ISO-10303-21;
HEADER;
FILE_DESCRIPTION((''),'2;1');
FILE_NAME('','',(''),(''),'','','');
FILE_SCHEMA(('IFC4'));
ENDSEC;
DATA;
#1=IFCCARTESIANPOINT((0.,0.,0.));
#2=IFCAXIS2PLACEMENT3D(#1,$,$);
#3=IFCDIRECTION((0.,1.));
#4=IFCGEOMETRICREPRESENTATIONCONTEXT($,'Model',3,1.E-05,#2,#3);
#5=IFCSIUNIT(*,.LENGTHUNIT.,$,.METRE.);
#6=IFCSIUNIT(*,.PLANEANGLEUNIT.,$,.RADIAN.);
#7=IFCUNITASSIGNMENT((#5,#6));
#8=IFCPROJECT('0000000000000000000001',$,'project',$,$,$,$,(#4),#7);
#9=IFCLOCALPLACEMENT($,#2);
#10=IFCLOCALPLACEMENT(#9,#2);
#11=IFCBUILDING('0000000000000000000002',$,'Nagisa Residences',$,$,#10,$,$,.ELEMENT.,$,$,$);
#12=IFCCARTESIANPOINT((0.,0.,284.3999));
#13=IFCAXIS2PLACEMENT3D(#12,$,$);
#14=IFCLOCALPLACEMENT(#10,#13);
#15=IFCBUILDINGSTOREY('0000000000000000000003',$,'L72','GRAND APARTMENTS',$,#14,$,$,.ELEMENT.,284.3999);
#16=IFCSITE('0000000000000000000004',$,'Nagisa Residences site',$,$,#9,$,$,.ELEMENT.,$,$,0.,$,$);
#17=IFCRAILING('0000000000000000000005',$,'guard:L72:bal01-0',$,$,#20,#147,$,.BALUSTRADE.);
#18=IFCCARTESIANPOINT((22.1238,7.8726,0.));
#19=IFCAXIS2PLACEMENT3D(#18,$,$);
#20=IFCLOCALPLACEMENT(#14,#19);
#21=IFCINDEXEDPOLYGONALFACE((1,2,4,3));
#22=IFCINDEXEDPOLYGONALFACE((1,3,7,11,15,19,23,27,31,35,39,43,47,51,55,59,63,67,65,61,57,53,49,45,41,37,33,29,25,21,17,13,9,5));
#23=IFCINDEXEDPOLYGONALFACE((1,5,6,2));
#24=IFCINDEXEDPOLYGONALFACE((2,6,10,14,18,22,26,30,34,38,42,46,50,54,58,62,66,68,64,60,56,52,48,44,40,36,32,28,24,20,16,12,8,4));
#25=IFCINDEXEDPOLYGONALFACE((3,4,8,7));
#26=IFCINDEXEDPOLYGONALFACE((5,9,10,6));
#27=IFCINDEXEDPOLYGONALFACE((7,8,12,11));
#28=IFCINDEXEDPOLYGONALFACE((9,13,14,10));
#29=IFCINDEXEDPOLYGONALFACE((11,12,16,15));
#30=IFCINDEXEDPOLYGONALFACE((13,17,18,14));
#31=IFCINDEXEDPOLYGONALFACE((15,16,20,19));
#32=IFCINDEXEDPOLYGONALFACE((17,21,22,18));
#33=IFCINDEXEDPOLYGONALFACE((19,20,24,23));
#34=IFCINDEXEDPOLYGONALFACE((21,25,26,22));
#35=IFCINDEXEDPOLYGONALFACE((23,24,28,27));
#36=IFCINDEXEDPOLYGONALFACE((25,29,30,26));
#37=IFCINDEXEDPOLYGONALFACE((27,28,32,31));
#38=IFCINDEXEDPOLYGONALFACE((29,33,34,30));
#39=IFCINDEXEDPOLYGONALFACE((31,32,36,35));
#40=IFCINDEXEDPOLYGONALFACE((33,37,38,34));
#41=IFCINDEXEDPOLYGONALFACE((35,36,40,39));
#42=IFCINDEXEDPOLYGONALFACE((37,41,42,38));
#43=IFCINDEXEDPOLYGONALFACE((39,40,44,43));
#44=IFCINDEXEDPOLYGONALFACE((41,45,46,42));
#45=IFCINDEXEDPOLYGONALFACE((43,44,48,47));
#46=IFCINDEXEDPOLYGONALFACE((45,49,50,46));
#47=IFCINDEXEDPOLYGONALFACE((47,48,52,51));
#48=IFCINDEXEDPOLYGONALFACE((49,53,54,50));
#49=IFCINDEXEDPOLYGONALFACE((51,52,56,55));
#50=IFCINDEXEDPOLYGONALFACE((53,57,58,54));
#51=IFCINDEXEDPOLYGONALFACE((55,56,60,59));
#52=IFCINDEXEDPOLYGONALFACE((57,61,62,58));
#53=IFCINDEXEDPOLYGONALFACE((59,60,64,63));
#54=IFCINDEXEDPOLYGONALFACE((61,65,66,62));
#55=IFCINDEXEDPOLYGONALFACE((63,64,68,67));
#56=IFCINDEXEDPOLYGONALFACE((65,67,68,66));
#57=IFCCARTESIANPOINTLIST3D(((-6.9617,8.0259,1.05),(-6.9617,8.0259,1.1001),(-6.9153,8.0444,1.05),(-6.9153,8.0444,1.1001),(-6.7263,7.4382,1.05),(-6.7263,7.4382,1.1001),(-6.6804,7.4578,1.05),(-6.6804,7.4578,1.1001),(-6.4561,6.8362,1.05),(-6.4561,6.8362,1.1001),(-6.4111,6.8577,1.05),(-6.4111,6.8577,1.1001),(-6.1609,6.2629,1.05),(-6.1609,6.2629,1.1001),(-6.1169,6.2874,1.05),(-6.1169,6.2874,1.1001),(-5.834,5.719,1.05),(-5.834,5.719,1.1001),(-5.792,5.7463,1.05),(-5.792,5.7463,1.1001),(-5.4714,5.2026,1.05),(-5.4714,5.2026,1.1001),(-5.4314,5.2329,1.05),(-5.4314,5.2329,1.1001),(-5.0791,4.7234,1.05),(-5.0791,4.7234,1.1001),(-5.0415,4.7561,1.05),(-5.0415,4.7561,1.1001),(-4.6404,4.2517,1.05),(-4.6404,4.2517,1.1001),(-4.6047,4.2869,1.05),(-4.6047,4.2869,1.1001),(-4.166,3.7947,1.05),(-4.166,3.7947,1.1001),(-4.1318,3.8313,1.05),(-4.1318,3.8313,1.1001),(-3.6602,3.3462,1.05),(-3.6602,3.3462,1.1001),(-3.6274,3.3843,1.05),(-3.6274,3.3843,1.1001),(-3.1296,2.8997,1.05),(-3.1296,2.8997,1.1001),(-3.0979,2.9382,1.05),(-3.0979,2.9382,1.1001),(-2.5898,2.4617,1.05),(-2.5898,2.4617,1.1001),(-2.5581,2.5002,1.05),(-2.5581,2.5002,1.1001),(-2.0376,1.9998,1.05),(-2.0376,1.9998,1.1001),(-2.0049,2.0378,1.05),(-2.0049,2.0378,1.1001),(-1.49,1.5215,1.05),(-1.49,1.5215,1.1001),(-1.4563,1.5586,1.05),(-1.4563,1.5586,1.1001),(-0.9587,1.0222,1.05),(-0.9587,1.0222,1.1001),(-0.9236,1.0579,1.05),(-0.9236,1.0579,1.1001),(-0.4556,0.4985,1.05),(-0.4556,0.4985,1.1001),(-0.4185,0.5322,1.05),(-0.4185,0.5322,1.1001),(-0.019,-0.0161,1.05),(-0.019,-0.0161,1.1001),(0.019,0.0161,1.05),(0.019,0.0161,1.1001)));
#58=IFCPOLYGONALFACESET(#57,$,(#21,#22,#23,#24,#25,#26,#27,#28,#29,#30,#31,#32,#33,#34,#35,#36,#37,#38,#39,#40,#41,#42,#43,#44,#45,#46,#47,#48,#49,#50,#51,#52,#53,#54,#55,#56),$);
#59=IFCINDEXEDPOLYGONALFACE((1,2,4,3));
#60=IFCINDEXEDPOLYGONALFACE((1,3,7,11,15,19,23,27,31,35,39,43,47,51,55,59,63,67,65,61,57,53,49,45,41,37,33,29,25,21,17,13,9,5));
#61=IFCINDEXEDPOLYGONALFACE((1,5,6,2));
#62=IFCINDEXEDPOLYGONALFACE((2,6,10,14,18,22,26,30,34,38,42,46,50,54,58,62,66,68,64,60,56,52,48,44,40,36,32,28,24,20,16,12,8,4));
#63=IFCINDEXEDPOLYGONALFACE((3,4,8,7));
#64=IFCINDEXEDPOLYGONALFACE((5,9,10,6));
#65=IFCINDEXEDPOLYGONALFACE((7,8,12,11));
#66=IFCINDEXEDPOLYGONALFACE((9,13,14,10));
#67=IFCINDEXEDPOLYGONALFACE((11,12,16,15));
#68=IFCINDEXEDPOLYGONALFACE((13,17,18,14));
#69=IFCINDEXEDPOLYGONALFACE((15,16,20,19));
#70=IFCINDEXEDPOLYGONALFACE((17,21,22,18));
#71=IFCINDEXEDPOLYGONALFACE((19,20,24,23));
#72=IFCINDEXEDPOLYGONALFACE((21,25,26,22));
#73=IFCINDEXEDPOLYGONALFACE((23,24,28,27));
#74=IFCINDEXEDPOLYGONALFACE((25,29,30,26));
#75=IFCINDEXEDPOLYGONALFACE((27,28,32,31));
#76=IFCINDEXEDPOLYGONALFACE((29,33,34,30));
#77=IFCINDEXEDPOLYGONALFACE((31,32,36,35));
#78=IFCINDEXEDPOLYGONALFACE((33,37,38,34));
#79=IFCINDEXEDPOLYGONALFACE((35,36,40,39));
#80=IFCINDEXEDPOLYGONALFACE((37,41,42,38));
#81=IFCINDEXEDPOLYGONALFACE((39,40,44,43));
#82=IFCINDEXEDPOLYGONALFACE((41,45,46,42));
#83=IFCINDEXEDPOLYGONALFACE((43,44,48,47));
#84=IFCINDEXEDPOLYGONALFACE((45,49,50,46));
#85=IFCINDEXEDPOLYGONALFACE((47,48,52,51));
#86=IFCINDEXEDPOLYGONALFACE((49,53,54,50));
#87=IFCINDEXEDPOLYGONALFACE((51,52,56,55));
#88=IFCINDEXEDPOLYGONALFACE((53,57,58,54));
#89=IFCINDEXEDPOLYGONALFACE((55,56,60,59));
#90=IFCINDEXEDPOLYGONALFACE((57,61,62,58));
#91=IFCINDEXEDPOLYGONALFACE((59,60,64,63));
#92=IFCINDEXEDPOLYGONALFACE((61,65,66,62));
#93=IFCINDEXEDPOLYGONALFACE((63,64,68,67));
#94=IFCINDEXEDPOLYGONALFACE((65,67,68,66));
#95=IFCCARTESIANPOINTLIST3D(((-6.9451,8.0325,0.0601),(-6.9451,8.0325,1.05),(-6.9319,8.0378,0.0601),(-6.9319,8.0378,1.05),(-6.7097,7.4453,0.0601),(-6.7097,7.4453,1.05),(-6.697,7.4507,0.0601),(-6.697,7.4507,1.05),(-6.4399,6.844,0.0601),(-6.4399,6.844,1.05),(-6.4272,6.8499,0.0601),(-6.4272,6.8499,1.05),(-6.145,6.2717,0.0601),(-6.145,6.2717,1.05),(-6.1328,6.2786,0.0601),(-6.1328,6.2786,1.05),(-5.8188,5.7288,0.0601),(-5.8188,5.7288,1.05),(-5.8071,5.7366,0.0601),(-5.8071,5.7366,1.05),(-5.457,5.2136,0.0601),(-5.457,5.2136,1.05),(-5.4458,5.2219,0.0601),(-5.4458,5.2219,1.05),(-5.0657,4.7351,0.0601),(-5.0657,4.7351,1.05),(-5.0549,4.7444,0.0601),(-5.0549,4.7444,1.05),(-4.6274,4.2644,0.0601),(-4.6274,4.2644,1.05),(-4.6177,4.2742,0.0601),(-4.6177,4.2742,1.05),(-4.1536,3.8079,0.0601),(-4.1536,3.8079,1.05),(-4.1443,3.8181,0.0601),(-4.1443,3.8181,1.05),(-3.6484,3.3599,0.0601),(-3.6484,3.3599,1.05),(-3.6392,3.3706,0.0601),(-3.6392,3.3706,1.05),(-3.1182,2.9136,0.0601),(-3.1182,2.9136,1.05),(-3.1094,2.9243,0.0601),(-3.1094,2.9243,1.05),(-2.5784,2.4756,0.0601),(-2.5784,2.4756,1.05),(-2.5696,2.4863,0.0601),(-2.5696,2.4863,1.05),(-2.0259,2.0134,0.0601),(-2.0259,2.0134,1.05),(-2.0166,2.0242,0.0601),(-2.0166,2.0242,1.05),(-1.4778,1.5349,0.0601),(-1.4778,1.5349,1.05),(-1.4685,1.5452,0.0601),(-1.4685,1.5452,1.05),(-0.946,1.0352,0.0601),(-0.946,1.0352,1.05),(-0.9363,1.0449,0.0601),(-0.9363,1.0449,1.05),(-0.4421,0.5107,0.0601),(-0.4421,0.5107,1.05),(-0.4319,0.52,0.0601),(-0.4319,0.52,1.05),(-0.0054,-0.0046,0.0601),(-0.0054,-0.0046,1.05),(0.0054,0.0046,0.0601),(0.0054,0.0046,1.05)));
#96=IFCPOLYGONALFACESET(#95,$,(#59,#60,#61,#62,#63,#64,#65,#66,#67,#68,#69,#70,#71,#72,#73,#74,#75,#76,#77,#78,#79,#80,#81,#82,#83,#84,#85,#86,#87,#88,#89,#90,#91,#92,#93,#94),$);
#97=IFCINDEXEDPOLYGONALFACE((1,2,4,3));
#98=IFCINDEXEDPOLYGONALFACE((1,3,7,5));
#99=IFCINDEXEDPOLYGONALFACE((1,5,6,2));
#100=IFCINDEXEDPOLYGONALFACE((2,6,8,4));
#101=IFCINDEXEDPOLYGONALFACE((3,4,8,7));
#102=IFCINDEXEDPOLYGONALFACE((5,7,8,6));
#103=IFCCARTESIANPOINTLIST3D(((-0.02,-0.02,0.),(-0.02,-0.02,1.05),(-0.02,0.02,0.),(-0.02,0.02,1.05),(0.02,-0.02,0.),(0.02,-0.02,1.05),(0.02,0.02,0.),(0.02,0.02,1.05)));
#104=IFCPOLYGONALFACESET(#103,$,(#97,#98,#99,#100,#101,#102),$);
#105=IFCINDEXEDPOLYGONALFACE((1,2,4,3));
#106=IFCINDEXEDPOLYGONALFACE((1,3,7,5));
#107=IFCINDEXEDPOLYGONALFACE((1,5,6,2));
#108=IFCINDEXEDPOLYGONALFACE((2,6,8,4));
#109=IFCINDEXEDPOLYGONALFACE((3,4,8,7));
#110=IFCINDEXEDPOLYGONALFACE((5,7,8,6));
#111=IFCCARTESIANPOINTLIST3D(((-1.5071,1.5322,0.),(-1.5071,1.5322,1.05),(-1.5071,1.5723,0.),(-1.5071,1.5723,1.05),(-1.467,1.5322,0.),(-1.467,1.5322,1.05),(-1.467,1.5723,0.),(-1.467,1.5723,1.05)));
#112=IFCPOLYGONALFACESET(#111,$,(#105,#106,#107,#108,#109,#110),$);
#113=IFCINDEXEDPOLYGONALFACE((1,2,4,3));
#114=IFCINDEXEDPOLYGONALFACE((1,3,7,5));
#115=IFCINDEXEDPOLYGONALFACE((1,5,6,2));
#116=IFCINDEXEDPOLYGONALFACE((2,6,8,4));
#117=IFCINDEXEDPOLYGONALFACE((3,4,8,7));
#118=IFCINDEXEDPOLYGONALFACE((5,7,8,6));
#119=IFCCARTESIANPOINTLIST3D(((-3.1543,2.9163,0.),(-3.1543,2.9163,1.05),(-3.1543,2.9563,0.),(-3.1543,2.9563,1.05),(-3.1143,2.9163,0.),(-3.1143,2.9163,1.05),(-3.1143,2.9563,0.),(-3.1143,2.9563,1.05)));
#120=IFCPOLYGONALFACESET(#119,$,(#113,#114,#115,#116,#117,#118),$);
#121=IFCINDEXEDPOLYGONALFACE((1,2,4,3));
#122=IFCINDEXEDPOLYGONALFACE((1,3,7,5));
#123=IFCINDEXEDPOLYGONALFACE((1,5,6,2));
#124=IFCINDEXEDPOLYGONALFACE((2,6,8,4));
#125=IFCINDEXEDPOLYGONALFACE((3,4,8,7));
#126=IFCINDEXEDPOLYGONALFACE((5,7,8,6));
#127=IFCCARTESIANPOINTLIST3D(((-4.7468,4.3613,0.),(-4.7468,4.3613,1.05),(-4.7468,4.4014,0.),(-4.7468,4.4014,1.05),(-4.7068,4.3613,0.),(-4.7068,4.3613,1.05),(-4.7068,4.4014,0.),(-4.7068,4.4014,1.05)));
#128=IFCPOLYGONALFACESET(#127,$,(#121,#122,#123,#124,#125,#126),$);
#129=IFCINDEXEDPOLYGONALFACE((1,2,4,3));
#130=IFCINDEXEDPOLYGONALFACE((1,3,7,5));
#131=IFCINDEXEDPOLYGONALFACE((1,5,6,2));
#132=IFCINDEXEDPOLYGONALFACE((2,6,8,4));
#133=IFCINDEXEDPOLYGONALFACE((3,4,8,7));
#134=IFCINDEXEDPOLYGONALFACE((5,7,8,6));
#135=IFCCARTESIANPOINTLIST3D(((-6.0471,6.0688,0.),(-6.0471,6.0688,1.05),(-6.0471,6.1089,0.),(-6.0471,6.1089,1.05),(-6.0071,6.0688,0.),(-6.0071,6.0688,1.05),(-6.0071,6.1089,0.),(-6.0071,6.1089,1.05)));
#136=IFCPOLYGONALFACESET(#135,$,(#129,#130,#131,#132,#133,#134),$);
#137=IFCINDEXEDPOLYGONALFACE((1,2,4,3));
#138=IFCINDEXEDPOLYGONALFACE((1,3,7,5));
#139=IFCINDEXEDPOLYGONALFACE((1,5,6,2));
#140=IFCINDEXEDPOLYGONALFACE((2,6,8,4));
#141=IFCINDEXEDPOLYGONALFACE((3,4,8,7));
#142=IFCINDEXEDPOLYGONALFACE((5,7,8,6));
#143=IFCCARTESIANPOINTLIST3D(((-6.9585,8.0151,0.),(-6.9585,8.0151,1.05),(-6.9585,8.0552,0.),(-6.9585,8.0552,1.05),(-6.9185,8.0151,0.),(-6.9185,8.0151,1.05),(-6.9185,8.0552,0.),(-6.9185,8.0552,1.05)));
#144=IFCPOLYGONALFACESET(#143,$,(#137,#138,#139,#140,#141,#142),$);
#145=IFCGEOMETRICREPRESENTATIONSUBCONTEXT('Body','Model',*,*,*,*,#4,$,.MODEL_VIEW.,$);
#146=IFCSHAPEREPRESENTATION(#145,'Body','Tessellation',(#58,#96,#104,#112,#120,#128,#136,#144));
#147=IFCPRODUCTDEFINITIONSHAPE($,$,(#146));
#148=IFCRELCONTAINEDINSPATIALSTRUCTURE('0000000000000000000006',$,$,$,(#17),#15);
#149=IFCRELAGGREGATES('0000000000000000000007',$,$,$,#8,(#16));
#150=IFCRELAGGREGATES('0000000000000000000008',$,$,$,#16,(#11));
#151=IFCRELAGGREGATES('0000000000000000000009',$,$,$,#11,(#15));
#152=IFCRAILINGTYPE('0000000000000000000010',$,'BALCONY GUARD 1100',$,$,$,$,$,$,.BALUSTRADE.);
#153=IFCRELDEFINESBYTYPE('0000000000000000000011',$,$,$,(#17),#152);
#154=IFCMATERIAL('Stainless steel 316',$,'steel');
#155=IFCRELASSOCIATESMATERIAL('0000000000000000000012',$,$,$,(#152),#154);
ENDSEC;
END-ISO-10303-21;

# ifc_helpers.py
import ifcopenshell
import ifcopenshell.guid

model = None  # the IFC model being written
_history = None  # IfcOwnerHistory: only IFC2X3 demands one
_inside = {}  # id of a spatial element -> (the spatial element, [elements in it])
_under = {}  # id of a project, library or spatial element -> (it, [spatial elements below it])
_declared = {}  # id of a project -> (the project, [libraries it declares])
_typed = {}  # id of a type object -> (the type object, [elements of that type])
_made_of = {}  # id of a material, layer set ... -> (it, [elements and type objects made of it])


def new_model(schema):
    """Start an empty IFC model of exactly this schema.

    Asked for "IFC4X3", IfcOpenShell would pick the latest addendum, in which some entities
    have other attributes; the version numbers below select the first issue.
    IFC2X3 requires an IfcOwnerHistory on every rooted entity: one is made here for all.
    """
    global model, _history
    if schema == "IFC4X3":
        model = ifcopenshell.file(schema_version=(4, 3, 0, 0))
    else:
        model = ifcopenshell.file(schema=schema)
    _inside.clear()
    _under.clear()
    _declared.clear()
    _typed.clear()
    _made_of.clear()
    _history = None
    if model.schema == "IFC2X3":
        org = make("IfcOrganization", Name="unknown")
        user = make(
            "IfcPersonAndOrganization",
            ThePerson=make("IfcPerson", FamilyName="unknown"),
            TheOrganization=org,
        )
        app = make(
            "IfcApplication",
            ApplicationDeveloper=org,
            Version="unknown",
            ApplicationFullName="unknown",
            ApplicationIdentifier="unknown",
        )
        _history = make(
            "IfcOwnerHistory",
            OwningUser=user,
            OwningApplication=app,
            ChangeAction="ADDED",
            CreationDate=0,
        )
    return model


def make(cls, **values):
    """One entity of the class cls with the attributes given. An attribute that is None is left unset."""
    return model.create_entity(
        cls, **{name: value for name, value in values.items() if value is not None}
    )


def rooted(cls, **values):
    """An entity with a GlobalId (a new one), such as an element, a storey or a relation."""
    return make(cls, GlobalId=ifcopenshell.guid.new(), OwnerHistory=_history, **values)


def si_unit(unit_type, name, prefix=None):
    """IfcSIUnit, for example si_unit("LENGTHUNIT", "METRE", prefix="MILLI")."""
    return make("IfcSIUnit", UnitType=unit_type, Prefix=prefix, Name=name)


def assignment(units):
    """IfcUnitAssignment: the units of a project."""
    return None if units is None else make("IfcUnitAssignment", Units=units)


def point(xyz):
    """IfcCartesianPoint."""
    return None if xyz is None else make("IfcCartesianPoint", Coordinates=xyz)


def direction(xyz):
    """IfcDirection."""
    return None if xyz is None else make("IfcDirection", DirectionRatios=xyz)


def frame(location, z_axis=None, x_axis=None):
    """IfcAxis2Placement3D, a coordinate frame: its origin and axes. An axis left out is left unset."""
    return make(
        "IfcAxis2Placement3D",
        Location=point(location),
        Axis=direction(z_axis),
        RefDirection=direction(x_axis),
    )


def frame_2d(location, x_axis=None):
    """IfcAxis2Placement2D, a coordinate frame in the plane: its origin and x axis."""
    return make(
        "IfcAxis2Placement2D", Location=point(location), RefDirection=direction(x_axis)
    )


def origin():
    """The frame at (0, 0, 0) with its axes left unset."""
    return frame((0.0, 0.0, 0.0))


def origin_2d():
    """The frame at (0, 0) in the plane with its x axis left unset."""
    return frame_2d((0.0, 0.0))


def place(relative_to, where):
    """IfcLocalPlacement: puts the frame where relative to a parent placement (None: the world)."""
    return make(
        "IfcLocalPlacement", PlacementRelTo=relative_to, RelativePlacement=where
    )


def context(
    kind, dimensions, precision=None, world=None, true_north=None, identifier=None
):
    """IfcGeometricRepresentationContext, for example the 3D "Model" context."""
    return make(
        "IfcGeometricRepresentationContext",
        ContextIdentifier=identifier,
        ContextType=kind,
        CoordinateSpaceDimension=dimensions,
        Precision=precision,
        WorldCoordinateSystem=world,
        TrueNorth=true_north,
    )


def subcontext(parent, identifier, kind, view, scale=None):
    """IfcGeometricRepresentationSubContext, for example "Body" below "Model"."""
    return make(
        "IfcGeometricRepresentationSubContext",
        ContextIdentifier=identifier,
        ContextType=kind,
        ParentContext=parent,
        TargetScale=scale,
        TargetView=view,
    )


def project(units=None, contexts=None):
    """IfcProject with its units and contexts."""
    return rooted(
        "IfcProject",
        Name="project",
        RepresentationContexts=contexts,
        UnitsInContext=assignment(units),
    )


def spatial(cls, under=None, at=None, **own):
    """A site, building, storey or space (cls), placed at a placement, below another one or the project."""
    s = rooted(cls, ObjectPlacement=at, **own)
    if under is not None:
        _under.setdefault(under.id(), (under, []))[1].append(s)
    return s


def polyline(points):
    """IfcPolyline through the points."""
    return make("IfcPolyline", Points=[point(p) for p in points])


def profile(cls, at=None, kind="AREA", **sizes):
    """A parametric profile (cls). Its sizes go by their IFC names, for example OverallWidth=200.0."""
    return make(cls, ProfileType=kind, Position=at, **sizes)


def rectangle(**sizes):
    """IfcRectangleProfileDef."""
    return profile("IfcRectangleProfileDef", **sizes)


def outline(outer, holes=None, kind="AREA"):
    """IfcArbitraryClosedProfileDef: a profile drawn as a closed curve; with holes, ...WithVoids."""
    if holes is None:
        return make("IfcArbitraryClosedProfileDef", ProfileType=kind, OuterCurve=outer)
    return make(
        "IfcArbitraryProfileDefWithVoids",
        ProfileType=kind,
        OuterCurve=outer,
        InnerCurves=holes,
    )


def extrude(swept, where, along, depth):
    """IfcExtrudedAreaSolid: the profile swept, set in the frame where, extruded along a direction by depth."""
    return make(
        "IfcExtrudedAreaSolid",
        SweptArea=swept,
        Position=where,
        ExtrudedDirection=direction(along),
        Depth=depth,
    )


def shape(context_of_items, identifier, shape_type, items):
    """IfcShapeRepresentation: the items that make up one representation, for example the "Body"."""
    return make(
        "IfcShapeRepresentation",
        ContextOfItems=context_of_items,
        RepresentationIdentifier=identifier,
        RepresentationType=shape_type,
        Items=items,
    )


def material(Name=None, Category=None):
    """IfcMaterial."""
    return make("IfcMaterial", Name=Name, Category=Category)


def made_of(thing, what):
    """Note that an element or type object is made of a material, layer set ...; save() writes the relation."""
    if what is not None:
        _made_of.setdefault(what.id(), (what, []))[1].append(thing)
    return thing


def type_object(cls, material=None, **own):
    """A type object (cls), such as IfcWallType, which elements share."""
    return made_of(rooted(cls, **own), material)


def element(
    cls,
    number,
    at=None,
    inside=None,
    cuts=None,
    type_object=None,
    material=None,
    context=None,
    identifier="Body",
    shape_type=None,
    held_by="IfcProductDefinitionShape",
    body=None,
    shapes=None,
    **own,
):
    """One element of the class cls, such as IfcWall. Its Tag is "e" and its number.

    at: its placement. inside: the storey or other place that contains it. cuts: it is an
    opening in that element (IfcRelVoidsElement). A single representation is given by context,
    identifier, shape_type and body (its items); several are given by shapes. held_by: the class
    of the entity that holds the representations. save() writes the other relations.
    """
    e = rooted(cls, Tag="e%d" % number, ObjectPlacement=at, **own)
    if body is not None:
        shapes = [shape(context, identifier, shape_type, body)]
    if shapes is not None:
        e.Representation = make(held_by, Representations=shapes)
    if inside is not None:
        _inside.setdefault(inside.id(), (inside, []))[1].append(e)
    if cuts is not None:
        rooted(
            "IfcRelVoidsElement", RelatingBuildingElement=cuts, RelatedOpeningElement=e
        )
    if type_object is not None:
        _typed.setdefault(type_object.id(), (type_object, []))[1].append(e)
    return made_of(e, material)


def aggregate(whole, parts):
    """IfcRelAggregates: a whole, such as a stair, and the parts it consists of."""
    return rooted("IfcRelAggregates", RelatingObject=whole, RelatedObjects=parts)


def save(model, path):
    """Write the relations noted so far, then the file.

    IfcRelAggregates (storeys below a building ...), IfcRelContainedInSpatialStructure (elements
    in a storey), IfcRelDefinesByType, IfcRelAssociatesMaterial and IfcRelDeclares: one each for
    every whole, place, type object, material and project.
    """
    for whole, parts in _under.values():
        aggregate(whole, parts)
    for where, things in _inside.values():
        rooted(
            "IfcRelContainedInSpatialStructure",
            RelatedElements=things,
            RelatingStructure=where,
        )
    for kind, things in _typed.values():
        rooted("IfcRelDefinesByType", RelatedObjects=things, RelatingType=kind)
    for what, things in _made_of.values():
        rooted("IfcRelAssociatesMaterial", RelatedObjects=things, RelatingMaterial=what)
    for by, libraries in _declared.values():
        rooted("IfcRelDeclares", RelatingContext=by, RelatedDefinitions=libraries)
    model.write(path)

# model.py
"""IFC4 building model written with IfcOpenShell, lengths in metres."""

from ifc_helpers import new_model, si_unit, direction, frame, origin, origin_2d, place, context, subcontext, project, spatial, polyline, rectangle, outline, extrude, material, type_object, element, save


model = new_model("IFC4")

# Units and contexts
model_context = context("Model", 3, precision=1e-05, world=origin(), true_north=direction((0.0, 1.0)))
body_context = subcontext(model_context, "Body", "Model", "MODEL_VIEW")
ifc_project = project(units=[si_unit("LENGTHUNIT", "METRE"), si_unit("PLANEANGLEUNIT", "RADIAN")], contexts=[model_context])

# Site, building, storey
site_placement = place(None, origin())
site = spatial("IfcSite", under=ifc_project, at=site_placement, Name="Nagisa Residences site", CompositionType="ELEMENT", RefElevation=0.0)
building_placement = place(site_placement, origin())
building = spatial("IfcBuilding", under=site, at=building_placement, Name="Nagisa Residences", CompositionType="ELEMENT")
storey_placement = place(building_placement, frame((0.0, 0.0, 284.3999)))
storey = spatial("IfcBuildingStorey", under=building, at=storey_placement, Name="L72", Description="GRAND APARTMENTS", CompositionType="ELEMENT", Elevation=284.3999)

# Railing
ifc_material_1 = material(Name="Stainless steel 316", Category="steel")
railing_type_1 = type_object("IfcRailingType", Name="BALCONY GUARD 1100", PredefinedType="BALUSTRADE", material=ifc_material_1)
railing_1_placement = place(storey_placement, frame((22.1238, 7.8726, 0.0)))
element("IfcRailing", 1, at=railing_1_placement, inside=storey, type_object=railing_type_1, Name="guard:L72:bal01-0", PredefinedType="BALUSTRADE", context=body_context, shape_type="SweptSolid", body=[
    extrude(outline(polyline([(-0.4556, 0.4985), (-0.019, -0.0161), (0.019, 0.0161), (-0.4185, 0.5322), (-0.9236, 1.0579), (-1.4563, 1.5586), (-2.0049, 2.0378), (-2.5581, 2.5002), (-3.0979, 2.9382), (-3.6274, 3.3843), (-4.1318, 3.8313), (-4.6047, 4.2869), (-5.0415, 4.7561), (-5.4314, 5.2329), (-5.792, 5.7463), (-6.1169, 6.2874), (-6.4111, 6.8577), (-6.6804, 7.4578), (-6.9153, 8.0444), (-6.9617, 8.0259), (-6.7263, 7.4382), (-6.4561, 6.8362), (-6.1609, 6.2629), (-5.834, 5.719), (-5.4714, 5.2026), (-5.0791, 4.7234), (-4.6404, 4.2517), (-4.166, 3.7947), (-3.6602, 3.3462), (-3.1296, 2.8997), (-2.5898, 2.4617), (-2.0376, 1.9998), (-1.49, 1.5215), (-0.9587, 1.0222), (-0.4556, 0.4985)])), frame((0.0, 0.0, 1.05)), (0.0, 0.0, 1.0), 0.05),
    extrude(outline(polyline([(-0.4421, 0.5107), (-0.0054, -0.0046), (0.0054, 0.0046), (-0.4319, 0.52), (-0.9363, 1.0449), (-1.4685, 1.5452), (-2.0166, 2.0242), (-2.5696, 2.4863), (-3.1094, 2.9243), (-3.6392, 3.3706), (-4.1443, 3.8181), (-4.6177, 4.2742), (-5.0549, 4.7444), (-5.4458, 5.2219), (-5.8071, 5.7366), (-6.1328, 6.2786), (-6.4272, 6.8499), (-6.697, 7.4507), (-6.9319, 8.0378), (-6.9451, 8.0325), (-6.7097, 7.4453), (-6.4399, 6.844), (-6.145, 6.2717), (-5.8188, 5.7288), (-5.457, 5.2136), (-5.0657, 4.7351), (-4.6274, 4.2644), (-4.1536, 3.8079), (-3.6484, 3.3599), (-3.1182, 2.9136), (-2.5784, 2.4756), (-2.0259, 2.0134), (-1.4778, 1.5349), (-0.946, 1.0352), (-0.4421, 0.5107)])), frame((0.0, 0.0, 0.0601)), (0.0, 0.0, 1.0), 0.99),
    extrude(rectangle(XDim=0.04, YDim=0.04, at=origin_2d()), origin(), (0.0, 0.0, 1.0), 1.05),
    extrude(rectangle(XDim=0.04, YDim=0.04, at=origin_2d()), frame((-1.4871, 1.5522, 0.0)), (0.0, 0.0, 1.0), 1.05),
    extrude(rectangle(XDim=0.04, YDim=0.04, at=origin_2d()), frame((-3.1343, 2.9363, 0.0)), (0.0, 0.0, 1.0), 1.05),
    extrude(rectangle(XDim=0.04, YDim=0.04, at=origin_2d()), frame((-4.7268, 4.3813, 0.0)), (0.0, 0.0, 1.0), 1.05),
    extrude(rectangle(XDim=0.04, YDim=0.04, at=origin_2d()), frame((-6.0271, 6.0889, 0.0)), (0.0, 0.0, 1.0), 1.05),
    extrude(rectangle(XDim=0.04, YDim=0.04, at=origin_2d()), frame((-6.9385, 8.0352, 0.0)), (0.0, 0.0, 1.0), 1.05),
])

save(model, "model.ifc")
